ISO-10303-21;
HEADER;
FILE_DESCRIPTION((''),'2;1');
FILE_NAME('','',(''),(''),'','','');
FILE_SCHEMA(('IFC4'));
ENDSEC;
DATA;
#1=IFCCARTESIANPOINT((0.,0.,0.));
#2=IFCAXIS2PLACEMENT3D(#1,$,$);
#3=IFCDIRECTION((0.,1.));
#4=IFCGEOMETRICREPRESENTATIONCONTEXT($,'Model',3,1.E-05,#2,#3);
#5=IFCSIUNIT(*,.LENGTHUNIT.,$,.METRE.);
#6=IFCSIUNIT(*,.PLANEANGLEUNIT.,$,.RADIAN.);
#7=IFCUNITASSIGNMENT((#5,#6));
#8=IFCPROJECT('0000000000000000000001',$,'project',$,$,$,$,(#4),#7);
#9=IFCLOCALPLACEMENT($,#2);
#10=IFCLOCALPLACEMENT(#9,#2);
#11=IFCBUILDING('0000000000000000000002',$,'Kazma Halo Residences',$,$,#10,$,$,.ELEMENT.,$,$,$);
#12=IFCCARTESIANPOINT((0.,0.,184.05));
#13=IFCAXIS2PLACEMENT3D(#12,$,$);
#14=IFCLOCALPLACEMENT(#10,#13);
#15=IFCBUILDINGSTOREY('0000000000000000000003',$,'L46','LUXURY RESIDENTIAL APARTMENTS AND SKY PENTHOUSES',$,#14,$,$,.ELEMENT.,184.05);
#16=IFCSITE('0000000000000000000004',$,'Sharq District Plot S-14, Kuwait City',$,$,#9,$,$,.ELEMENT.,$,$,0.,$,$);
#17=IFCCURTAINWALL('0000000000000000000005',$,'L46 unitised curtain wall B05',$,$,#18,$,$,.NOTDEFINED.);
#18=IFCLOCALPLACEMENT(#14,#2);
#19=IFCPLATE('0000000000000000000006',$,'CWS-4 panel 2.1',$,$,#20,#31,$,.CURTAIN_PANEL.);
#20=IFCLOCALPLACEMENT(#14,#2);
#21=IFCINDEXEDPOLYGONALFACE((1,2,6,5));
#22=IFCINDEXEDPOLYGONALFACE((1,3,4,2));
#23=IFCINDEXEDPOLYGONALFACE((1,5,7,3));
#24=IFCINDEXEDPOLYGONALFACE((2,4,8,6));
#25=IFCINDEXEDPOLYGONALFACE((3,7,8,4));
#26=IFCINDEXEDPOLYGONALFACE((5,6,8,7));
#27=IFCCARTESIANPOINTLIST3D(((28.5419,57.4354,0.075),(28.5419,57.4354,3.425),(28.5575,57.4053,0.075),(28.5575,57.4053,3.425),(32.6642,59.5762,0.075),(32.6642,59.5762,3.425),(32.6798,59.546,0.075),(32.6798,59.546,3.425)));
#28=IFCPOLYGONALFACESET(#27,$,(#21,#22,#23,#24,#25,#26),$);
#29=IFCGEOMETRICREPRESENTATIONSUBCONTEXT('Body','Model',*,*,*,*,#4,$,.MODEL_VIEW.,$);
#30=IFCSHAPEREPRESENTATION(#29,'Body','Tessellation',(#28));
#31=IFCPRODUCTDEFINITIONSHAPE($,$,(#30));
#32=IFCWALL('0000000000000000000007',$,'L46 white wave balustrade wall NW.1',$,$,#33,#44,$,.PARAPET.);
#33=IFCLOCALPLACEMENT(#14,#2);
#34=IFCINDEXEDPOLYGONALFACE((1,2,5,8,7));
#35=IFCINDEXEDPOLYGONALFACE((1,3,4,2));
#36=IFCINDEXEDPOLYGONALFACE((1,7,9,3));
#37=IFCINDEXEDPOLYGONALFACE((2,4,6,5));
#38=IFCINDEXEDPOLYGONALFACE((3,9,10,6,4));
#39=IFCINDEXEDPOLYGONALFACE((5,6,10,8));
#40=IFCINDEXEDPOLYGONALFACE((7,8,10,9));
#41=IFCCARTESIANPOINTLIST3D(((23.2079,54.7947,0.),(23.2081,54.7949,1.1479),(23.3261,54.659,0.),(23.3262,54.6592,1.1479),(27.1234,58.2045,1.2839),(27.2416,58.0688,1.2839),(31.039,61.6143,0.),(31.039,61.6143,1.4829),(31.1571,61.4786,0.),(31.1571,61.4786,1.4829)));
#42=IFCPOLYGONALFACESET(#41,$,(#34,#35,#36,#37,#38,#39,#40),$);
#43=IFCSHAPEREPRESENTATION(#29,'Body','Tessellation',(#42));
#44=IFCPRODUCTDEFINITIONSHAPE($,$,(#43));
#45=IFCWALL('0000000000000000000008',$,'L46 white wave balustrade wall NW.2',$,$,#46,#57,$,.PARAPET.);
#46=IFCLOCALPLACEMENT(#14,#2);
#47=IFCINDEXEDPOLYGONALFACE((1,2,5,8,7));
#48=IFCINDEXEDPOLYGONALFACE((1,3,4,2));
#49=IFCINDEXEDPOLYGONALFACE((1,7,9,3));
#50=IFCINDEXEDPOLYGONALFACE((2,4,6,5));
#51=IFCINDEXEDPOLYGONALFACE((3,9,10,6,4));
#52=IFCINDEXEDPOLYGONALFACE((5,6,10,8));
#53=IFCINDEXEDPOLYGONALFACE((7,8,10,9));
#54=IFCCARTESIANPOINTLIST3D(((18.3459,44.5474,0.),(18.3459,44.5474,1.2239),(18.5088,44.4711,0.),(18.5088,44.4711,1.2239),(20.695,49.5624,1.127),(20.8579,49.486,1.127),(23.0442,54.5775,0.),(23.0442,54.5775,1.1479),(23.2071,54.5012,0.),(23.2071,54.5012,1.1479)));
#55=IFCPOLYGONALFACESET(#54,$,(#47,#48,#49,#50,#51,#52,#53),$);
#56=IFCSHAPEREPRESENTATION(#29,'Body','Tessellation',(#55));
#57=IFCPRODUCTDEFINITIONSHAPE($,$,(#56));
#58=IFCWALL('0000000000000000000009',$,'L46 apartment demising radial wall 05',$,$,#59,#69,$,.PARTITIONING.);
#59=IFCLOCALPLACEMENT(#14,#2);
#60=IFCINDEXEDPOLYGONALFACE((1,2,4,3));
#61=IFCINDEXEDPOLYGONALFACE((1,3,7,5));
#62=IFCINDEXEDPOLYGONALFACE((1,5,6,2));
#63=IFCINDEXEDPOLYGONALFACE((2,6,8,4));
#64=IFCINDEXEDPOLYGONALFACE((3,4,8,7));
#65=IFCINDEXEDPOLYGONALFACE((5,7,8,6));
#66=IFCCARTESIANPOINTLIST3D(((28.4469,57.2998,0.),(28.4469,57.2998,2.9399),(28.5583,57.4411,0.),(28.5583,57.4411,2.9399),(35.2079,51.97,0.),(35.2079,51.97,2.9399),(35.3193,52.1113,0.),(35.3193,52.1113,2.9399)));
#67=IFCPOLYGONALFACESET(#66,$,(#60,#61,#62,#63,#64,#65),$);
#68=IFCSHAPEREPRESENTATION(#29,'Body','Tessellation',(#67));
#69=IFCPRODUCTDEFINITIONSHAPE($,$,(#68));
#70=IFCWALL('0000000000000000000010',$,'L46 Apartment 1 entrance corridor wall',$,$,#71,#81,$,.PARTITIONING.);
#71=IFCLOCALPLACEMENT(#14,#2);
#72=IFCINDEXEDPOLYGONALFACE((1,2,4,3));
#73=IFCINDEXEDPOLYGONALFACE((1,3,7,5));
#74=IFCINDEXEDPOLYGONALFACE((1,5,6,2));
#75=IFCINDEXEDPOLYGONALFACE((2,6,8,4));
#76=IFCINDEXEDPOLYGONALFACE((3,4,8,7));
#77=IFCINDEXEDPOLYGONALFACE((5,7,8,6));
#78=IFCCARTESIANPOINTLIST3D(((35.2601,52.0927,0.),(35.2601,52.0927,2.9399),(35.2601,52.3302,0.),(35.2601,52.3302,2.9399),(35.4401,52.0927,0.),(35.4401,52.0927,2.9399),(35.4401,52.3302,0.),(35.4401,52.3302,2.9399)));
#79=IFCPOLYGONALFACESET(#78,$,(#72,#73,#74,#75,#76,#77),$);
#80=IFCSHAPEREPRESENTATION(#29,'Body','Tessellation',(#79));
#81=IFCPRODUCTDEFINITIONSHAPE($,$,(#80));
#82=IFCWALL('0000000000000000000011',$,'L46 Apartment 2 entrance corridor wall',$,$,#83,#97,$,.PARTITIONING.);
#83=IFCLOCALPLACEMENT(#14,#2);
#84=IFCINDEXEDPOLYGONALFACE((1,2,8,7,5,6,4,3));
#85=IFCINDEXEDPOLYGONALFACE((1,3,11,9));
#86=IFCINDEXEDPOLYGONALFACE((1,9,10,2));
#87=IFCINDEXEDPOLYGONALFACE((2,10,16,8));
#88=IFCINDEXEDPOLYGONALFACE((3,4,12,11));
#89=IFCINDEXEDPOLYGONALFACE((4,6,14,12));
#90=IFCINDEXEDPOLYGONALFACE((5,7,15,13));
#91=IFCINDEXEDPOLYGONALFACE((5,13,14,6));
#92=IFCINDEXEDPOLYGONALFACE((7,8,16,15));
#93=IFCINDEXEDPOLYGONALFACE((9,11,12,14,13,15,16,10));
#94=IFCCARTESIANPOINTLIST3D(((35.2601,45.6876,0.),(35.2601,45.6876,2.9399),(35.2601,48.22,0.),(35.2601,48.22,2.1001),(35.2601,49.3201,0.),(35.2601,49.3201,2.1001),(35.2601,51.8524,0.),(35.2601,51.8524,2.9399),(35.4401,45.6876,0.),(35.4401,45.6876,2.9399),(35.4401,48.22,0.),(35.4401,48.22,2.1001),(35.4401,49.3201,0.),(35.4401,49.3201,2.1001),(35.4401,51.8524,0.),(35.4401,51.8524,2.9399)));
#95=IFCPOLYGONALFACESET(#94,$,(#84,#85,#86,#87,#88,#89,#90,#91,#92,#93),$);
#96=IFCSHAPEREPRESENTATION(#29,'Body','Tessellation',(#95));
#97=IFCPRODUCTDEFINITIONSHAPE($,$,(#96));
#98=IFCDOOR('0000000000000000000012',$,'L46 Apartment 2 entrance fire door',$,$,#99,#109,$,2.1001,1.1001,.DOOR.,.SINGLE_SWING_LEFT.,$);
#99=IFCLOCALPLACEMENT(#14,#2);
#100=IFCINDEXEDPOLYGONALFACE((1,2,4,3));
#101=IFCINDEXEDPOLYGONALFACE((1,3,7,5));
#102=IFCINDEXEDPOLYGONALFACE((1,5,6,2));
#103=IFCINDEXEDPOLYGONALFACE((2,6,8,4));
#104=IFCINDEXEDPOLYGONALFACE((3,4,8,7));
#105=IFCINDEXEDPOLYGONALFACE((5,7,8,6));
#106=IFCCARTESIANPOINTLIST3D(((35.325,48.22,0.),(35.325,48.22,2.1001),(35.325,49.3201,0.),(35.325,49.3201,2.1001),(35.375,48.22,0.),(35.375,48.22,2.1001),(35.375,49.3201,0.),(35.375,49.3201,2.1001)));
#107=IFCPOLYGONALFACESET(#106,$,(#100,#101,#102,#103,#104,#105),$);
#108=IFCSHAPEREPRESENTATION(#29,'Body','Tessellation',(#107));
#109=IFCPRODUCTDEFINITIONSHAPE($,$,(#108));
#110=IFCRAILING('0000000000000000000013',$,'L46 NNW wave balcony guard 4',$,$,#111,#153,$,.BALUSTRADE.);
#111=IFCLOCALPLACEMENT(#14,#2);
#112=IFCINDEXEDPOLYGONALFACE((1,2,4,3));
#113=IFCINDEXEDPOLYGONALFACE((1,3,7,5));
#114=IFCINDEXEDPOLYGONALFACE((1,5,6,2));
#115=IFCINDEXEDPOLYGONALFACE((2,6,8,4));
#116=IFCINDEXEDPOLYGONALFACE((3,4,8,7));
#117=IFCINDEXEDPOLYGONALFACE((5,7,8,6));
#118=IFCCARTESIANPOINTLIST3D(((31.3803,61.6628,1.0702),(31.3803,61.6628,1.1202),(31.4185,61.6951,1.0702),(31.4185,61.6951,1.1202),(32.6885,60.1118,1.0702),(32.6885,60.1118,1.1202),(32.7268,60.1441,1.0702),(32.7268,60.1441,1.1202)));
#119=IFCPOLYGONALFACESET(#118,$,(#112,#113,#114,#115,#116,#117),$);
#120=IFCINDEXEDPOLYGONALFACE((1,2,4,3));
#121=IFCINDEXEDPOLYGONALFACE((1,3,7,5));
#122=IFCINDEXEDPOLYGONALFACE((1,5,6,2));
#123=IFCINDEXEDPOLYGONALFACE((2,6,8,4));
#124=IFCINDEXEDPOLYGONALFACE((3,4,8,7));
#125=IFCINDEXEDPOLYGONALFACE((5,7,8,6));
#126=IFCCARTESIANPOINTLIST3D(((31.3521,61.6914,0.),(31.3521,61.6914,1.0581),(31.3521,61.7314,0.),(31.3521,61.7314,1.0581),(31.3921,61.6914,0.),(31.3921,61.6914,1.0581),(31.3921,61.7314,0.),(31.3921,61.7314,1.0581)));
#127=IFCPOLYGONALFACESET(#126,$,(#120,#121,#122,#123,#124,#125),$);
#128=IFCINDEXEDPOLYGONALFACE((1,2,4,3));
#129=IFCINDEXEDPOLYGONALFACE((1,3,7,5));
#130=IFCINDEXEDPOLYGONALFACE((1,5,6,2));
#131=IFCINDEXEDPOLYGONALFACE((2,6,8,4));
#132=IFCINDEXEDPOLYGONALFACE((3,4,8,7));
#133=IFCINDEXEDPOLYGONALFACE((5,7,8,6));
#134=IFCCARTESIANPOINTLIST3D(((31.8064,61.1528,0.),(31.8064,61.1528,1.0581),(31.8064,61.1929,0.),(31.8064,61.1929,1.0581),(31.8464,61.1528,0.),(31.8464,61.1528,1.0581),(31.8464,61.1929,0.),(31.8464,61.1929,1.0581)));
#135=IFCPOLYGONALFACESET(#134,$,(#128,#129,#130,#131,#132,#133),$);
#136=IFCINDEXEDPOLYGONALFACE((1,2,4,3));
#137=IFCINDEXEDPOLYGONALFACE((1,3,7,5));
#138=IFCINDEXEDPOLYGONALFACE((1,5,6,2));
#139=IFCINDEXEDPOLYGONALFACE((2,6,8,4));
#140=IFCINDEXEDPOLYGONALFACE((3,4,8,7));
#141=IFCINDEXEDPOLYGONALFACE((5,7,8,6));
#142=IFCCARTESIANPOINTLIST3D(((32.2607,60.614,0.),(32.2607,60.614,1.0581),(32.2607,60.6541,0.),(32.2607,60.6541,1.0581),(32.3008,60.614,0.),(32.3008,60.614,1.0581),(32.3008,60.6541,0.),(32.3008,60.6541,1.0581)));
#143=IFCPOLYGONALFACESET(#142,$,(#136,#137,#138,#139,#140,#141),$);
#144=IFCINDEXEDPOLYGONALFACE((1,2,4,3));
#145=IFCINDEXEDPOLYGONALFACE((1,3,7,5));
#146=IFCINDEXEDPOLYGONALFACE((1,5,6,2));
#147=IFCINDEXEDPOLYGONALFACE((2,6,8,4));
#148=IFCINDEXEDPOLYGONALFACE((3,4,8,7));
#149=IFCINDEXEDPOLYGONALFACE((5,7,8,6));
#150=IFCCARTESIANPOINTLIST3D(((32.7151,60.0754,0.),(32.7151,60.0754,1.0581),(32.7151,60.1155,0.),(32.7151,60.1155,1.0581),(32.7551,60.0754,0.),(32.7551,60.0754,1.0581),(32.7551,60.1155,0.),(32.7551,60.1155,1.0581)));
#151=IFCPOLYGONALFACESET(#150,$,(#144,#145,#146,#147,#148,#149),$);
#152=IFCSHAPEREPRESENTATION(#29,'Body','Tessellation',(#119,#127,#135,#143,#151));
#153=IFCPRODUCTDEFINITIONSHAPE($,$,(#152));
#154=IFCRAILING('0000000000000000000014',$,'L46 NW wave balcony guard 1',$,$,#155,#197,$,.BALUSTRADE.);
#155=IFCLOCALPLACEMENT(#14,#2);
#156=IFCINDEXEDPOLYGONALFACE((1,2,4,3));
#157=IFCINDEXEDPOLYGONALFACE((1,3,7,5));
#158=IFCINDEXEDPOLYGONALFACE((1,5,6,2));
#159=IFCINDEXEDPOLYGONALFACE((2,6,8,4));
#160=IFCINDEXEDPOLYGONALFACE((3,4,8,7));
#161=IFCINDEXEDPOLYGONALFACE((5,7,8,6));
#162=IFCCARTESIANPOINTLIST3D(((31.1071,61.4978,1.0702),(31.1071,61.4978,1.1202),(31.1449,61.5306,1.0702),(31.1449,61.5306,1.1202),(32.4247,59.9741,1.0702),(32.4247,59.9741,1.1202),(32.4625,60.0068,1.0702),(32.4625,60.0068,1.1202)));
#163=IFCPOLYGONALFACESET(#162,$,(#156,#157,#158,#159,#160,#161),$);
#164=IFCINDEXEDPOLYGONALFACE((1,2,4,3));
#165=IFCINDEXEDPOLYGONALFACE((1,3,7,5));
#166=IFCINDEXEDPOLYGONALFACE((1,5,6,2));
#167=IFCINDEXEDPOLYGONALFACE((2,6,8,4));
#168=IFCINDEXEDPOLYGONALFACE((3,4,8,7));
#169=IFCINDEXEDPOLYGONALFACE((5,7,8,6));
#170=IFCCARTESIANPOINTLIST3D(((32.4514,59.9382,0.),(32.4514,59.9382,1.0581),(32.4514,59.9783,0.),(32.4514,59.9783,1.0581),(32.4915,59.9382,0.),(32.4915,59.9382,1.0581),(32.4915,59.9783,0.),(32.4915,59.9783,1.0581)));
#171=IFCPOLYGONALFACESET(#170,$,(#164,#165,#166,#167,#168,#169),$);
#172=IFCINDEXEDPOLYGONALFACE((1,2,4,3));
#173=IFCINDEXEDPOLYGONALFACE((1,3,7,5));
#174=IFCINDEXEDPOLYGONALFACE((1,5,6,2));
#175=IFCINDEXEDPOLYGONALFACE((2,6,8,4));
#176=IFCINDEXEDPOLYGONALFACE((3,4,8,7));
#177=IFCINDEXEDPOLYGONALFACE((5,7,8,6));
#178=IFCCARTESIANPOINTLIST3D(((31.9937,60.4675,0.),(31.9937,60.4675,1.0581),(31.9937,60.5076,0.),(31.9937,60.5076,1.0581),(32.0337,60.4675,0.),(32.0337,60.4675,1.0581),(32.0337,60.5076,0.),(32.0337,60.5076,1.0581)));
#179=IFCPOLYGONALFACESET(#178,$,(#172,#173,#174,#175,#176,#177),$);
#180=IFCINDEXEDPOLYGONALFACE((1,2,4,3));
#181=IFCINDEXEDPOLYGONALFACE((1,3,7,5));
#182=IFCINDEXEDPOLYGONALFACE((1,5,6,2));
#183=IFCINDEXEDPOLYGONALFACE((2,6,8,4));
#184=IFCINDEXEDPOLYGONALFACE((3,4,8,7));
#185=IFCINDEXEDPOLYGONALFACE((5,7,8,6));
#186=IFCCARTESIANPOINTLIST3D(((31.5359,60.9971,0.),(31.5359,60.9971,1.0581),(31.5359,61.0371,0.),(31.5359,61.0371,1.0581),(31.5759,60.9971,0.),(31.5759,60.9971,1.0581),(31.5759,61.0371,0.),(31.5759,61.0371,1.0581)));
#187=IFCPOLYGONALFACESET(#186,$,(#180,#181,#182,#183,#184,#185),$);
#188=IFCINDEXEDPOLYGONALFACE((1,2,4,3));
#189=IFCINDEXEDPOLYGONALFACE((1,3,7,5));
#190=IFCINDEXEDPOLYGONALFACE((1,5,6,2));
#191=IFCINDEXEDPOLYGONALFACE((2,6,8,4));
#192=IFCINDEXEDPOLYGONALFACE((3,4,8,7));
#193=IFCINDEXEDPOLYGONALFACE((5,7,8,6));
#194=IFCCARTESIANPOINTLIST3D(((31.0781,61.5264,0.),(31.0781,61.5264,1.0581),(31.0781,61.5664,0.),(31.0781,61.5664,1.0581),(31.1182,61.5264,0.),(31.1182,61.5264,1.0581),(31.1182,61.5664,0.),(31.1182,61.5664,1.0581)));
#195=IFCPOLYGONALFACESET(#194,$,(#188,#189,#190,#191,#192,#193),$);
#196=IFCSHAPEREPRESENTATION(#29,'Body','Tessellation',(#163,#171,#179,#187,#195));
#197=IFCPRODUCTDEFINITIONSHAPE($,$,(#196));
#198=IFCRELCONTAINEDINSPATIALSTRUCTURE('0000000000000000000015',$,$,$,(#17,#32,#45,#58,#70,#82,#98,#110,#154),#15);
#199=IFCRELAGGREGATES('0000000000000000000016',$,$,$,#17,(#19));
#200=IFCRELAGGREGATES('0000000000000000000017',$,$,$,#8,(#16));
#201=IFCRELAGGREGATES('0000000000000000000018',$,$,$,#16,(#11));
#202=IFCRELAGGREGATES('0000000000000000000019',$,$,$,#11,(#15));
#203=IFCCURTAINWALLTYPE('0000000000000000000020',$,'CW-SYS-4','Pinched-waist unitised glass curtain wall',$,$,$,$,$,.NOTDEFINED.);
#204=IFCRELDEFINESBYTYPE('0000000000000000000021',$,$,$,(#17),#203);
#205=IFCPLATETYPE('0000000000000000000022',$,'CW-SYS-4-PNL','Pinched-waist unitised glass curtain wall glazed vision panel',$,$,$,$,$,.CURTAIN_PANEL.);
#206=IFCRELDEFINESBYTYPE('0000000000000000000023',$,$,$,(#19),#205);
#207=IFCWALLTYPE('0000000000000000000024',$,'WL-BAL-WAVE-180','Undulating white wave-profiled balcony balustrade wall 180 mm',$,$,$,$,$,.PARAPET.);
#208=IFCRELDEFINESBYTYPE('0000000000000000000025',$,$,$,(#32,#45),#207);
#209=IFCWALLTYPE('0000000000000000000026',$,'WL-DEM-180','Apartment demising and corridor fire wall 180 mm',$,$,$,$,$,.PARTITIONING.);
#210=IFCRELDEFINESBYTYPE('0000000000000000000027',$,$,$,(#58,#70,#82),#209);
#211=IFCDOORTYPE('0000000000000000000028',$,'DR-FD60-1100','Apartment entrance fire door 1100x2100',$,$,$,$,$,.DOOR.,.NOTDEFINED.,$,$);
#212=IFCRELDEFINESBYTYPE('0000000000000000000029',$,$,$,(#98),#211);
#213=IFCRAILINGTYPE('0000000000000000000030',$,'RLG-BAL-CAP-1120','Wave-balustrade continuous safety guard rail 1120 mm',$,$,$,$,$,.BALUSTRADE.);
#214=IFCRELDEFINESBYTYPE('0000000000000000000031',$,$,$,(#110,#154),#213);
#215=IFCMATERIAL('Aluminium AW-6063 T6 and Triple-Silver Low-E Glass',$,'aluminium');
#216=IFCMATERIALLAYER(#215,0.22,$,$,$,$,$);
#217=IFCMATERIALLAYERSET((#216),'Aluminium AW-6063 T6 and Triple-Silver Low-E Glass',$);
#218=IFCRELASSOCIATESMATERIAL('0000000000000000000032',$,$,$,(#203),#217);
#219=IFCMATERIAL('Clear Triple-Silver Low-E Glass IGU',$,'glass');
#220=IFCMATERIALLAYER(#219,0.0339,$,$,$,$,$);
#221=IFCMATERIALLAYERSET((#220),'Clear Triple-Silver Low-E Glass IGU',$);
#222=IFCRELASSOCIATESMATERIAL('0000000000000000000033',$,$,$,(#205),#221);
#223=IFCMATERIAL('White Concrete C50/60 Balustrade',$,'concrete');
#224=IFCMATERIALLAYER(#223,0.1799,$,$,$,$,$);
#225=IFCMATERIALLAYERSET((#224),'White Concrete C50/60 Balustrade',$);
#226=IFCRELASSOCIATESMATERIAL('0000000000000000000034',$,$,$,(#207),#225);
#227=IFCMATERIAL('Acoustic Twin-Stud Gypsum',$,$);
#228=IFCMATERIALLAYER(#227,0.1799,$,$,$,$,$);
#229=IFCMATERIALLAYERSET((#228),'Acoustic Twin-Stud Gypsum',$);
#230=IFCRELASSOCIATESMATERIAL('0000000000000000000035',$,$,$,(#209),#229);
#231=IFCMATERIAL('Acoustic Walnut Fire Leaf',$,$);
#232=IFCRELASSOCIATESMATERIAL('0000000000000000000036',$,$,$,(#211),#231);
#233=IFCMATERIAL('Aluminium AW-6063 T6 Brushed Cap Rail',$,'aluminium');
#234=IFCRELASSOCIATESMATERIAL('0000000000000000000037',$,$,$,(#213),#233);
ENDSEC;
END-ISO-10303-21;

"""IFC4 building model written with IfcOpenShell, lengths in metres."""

from ifc_helpers import new_model, si_unit, direction, frame, frame_2d, origin, origin_2d, place, context, subcontext, project, spatial, polyline, rectangle, outline, extrude, material, layer, layer_set, type_object, element, fill, aggregate, save


model = new_model("IFC4")

# Units and contexts
model_context = context("Model", 3, precision=1e-05, world=origin(), true_north=direction((0.0, 1.0)))
body_context = subcontext(model_context, "Body", "Model", "MODEL_VIEW")
ifc_project = project(units=[si_unit("LENGTHUNIT", "METRE"), si_unit("PLANEANGLEUNIT", "RADIAN")], contexts=[model_context])

# Site, building, storey
site_placement = place(None, origin())
site = spatial("IfcSite", under=ifc_project, at=site_placement, Name="Sharq District Plot S-14, Kuwait City", CompositionType="ELEMENT", RefElevation=0.0)
building_placement = place(site_placement, origin())
building = spatial("IfcBuilding", under=site, at=building_placement, Name="Kazma Halo Residences", CompositionType="ELEMENT")
storey_placement = place(building_placement, frame((0.0, 0.0, 184.05)))
storey = spatial("IfcBuildingStorey", under=building, at=storey_placement, Name="L46", Description="LUXURY RESIDENTIAL APARTMENTS AND SKY PENTHOUSES", CompositionType="ELEMENT", Elevation=184.05)

# Curtain wall
ifc_material_1 = material(Name="Aluminium AW-6063 T6 and Triple-Silver Low-E Glass", Category="aluminium")
ifc_layer_1 = layer(ifc_material_1, 0.22)
ifc_layer_set_1 = layer_set([ifc_layer_1], Name="Aluminium AW-6063 T6 and Triple-Silver Low-E Glass")
curtain_wall_type = type_object("IfcCurtainWallType", Name="CW-SYS-4", Description="Pinched-waist unitised glass curtain wall", PredefinedType="NOTDEFINED", material=ifc_layer_set_1)
curtain_wall_1_placement = place(storey_placement, origin())
curtain_wall_1 = element("IfcCurtainWall", 1, at=curtain_wall_1_placement, inside=storey, type_object=curtain_wall_type, Name="L46 unitised curtain wall B05", PredefinedType="NOTDEFINED")

# Plate
ifc_material_2 = material(Name="Clear Triple-Silver Low-E Glass IGU", Category="glass")
ifc_layer_2 = layer(ifc_material_2, 0.0339)
ifc_layer_set_2 = layer_set([ifc_layer_2], Name="Clear Triple-Silver Low-E Glass IGU")
plate_type = type_object("IfcPlateType", Name="CW-SYS-4-PNL", Description="Pinched-waist unitised glass curtain wall glazed vision panel", PredefinedType="CURTAIN_PANEL", material=ifc_layer_set_2)
plate_1_placement = place(storey_placement, frame((30.6108, 58.4907, 0.075), z_axis=(0.0, 0.0, 1.0), x_axis=(-0.887466, -0.460874, 0.0)))
plate_1 = element("IfcPlate", 2, at=plate_1_placement, type_object=plate_type, Name="CWS-4 panel 2.1", PredefinedType="CURTAIN_PANEL", context=body_context, shape_type="SweptSolid", body=[
    extrude(rectangle(XDim=4.645, YDim=0.0339, at=origin_2d()), origin(), (0.0, 0.0, 1.0), 3.3501),
])
aggregate(curtain_wall_1, [plate_1])

# Walls
ifc_material_3 = material(Name="White Concrete C50/60 Balustrade", Category="concrete")
ifc_layer_3 = layer(ifc_material_3, 0.1799)
ifc_layer_set_3 = layer_set([ifc_layer_3], Name="White Concrete C50/60 Balustrade")
wall_type_1 = type_object("IfcWallType", Name="WL-BAL-WAVE-180", Description="Undulating white wave-profiled balcony balustrade wall 180 mm", PredefinedType="PARAPET", material=ifc_layer_set_3)
wall_1_placement = place(storey_placement, frame((31.0981, 61.5464, 0.0), z_axis=(0.0, 0.0, 1.0), x_axis=(-0.75413, -0.656725, 0.0)))
element("IfcWall", 3, at=wall_1_placement, inside=storey, type_object=wall_type_1, Name="L46 white wave balustrade wall NW.1", PredefinedType="PARAPET", context=body_context, shape_type="SweptSolid", body=[
    extrude(outline(polyline([(0.0, 0.0), (10.3843, 0.0), (10.384, 1.1479), (5.1921, 1.2839), (0.0, 1.4829), (0.0, 0.0)])), frame((0.0, 0.0898, 0.0), z_axis=(0.0, -1.0, 0.0), x_axis=(1.0, 0.0, 0.0)), (0.0, 0.0, 1.0), 0.1799),
])
wall_2_placement = place(storey_placement, frame((23.1257, 54.5393, 0.0), z_axis=(0.0, 0.0, 1.0), x_axis=(-0.424187, -0.905575, 0.0)))
element("IfcWall", 4, at=wall_2_placement, inside=storey, type_object=wall_type_1, Name="L46 white wave balustrade wall NW.2", PredefinedType="PARAPET", context=body_context, shape_type="SweptSolid", body=[
    extrude(outline(polyline([(0.0, 0.0), (11.0759, 0.0), (11.0759, 1.2239), (5.5381, 1.127), (0.0, 1.1479), (0.0, 0.0)])), frame((0.0, 0.0898, 0.0), z_axis=(0.0, -1.0, 0.0), x_axis=(1.0, 0.0, 0.0)), (0.0, 0.0, 1.0), 0.1799),
])
ifc_material_4 = material(Name="Acoustic Twin-Stud Gypsum")
ifc_layer_4 = layer(ifc_material_4, 0.1799)
ifc_layer_set_4 = layer_set([ifc_layer_4], Name="Acoustic Twin-Stud Gypsum")
wall_type_2 = type_object("IfcWallType", Name="WL-DEM-180", Description="Apartment demising and corridor fire wall 180 mm", PredefinedType="PARTITIONING", material=ifc_layer_set_4)
wall_3_placement = place(storey_placement, frame((35.2637, 52.0405, 0.0), z_axis=(0.0, 0.0, 1.0), x_axis=(-0.785322, 0.619087, 0.0)))
element("IfcWall", 5, at=wall_3_placement, inside=storey, type_object=wall_type_2, Name="L46 apartment demising radial wall 05", PredefinedType="PARTITIONING", context=body_context, shape_type="SweptSolid", body=[
    extrude(rectangle(XDim=8.6091, YDim=0.1799, at=frame_2d((4.3047, 0.0))), origin(), (0.0, 0.0, 1.0), 2.9399),
])
wall_4_placement = place(storey_placement, frame((35.3501, 52.3301, 0.0), z_axis=(0.0, 0.0, 1.0), x_axis=(0.0, -1.0, 0.0)))
element("IfcWall", 6, at=wall_4_placement, inside=storey, type_object=wall_type_2, Name="L46 Apartment 1 entrance corridor wall", PredefinedType="PARTITIONING", context=body_context, shape_type="SweptSolid", body=[
    extrude(rectangle(XDim=0.2375, YDim=0.1799, at=frame_2d((0.1187, 0.0))), origin(), (0.0, 0.0, 1.0), 2.9399),
])

# Wall, opening, door
wall_5_placement = place(storey_placement, frame((35.3501, 51.8525, 0.0), z_axis=(0.0, 0.0, 1.0), x_axis=(0.0, -1.0, 0.0)))
wall_5 = element("IfcWall", 7, at=wall_5_placement, inside=storey, type_object=wall_type_2, Name="L46 Apartment 2 entrance corridor wall", PredefinedType="PARTITIONING", context=body_context, shape_type="SweptSolid", body=[
    extrude(rectangle(XDim=6.1648, YDim=0.1799, at=frame_2d((3.0825, 0.0))), origin(), (0.0, 0.0, 1.0), 2.9399),
])
opening_1_placement = place(wall_5_placement, frame((2.5325, 0.0, 0.0)))
opening_1 = element("IfcOpeningElement", 8, at=opening_1_placement, cuts=wall_5, PredefinedType="OPENING", context=body_context, shape_type="SweptSolid", body=[
    extrude(rectangle(XDim=1.1001, YDim=2.1001, at=frame_2d((0.55, 1.05))), frame((0.0, 0.0999, 0.0), z_axis=(0.0, -1.0, 0.0), x_axis=(1.0, 0.0, 0.0)), (0.0, 0.0, 1.0), 0.2),
])
ifc_material_5 = material(Name="Acoustic Walnut Fire Leaf")
door_type_1 = type_object("IfcDoorType", Name="DR-FD60-1100", Description="Apartment entrance fire door 1100x2100", OperationType="NOTDEFINED", PredefinedType="DOOR", material=ifc_material_5)
door_1_placement = place(opening_1_placement, origin())
door_1 = element("IfcDoor", 9, at=door_1_placement, inside=storey, type_object=door_type_1, Name="L46 Apartment 2 entrance fire door", OperationType="SINGLE_SWING_LEFT", OverallHeight=2.1001, OverallWidth=1.1001, PredefinedType="DOOR", context=body_context, shape_type="SweptSolid", body=[
    extrude(rectangle(XDim=1.1001, YDim=2.1001, at=frame_2d((0.55, 1.05))), frame((0.0, 0.0249, 0.0), z_axis=(0.0, -1.0, 0.0), x_axis=(1.0, 0.0, 0.0)), (0.0, 0.0, 1.0), 0.05),
])
fill(opening_1, door_1)

# Railings
ifc_material_6 = material(Name="Aluminium AW-6063 T6 Brushed Cap Rail", Category="aluminium")
railing_type = type_object("IfcRailingType", Name="RLG-BAL-CAP-1120", Description="Wave-balustrade continuous safety guard rail 1120 mm", PredefinedType="BALUSTRADE", material=ifc_material_6)
railing_1_placement = place(storey_placement, frame((31.3721, 61.7114, 0.0)))
element("IfcRailing", 10, at=railing_1_placement, inside=storey, type_object=railing_type, Name="L46 NNW wave balcony guard 4", PredefinedType="BALUSTRADE", context=body_context, shape_type="SweptSolid", body=[
    extrude(rectangle(XDim=0.05, YDim=0.05, at=origin_2d()), frame((0.0273, -0.0325, 1.0952), z_axis=(0.644751, -0.764393, 0.0), x_axis=(0.764393, 0.644751, 0.0)), (0.0, 0.0, 1.0), 2.0291),
    extrude(rectangle(XDim=0.04, YDim=0.04, at=origin_2d()), origin(), (0.0, 0.0, 1.0), 1.0581),
    extrude(rectangle(XDim=0.04, YDim=0.04, at=origin_2d()), frame((0.4543, -0.5386, 0.0)), (0.0, 0.0, 1.0), 1.0581),
    extrude(rectangle(XDim=0.04, YDim=0.04, at=origin_2d()), frame((0.9087, -1.0774, 0.0)), (0.0, 0.0, 1.0), 1.0581),
    extrude(rectangle(XDim=0.04, YDim=0.04, at=origin_2d()), frame((1.363, -1.616, 0.0)), (0.0, 0.0, 1.0), 1.0581),
])
railing_2_placement = place(storey_placement, frame((32.4714, 59.9583, 0.0)))
element("IfcRailing", 11, at=railing_2_placement, inside=storey, type_object=railing_type, Name="L46 NW wave balcony guard 1", PredefinedType="BALUSTRADE", context=body_context, shape_type="SweptSolid", body=[
    extrude(rectangle(XDim=0.05, YDim=0.05, at=origin_2d()), frame((-0.0278, 0.0322, 1.0952), z_axis=(-0.654089, 0.756418, 0.0), x_axis=(-0.756418, -0.654089, 0.0)), (0.0, 0.0, 1.0), 2.0144),
    extrude(rectangle(XDim=0.04, YDim=0.04, at=origin_2d()), origin(), (0.0, 0.0, 1.0), 1.0581),
    extrude(rectangle(XDim=0.04, YDim=0.04, at=origin_2d()), frame((-0.4578, 0.5293, 0.0)), (0.0, 0.0, 1.0), 1.0581),
    extrude(rectangle(XDim=0.04, YDim=0.04, at=origin_2d()), frame((-0.9155, 1.0588, 0.0)), (0.0, 0.0, 1.0), 1.0581),
    extrude(rectangle(XDim=0.04, YDim=0.04, at=origin_2d()), frame((-1.3733, 1.5881, 0.0)), (0.0, 0.0, 1.0), 1.0581),
])

save(model, "model.ifc")
